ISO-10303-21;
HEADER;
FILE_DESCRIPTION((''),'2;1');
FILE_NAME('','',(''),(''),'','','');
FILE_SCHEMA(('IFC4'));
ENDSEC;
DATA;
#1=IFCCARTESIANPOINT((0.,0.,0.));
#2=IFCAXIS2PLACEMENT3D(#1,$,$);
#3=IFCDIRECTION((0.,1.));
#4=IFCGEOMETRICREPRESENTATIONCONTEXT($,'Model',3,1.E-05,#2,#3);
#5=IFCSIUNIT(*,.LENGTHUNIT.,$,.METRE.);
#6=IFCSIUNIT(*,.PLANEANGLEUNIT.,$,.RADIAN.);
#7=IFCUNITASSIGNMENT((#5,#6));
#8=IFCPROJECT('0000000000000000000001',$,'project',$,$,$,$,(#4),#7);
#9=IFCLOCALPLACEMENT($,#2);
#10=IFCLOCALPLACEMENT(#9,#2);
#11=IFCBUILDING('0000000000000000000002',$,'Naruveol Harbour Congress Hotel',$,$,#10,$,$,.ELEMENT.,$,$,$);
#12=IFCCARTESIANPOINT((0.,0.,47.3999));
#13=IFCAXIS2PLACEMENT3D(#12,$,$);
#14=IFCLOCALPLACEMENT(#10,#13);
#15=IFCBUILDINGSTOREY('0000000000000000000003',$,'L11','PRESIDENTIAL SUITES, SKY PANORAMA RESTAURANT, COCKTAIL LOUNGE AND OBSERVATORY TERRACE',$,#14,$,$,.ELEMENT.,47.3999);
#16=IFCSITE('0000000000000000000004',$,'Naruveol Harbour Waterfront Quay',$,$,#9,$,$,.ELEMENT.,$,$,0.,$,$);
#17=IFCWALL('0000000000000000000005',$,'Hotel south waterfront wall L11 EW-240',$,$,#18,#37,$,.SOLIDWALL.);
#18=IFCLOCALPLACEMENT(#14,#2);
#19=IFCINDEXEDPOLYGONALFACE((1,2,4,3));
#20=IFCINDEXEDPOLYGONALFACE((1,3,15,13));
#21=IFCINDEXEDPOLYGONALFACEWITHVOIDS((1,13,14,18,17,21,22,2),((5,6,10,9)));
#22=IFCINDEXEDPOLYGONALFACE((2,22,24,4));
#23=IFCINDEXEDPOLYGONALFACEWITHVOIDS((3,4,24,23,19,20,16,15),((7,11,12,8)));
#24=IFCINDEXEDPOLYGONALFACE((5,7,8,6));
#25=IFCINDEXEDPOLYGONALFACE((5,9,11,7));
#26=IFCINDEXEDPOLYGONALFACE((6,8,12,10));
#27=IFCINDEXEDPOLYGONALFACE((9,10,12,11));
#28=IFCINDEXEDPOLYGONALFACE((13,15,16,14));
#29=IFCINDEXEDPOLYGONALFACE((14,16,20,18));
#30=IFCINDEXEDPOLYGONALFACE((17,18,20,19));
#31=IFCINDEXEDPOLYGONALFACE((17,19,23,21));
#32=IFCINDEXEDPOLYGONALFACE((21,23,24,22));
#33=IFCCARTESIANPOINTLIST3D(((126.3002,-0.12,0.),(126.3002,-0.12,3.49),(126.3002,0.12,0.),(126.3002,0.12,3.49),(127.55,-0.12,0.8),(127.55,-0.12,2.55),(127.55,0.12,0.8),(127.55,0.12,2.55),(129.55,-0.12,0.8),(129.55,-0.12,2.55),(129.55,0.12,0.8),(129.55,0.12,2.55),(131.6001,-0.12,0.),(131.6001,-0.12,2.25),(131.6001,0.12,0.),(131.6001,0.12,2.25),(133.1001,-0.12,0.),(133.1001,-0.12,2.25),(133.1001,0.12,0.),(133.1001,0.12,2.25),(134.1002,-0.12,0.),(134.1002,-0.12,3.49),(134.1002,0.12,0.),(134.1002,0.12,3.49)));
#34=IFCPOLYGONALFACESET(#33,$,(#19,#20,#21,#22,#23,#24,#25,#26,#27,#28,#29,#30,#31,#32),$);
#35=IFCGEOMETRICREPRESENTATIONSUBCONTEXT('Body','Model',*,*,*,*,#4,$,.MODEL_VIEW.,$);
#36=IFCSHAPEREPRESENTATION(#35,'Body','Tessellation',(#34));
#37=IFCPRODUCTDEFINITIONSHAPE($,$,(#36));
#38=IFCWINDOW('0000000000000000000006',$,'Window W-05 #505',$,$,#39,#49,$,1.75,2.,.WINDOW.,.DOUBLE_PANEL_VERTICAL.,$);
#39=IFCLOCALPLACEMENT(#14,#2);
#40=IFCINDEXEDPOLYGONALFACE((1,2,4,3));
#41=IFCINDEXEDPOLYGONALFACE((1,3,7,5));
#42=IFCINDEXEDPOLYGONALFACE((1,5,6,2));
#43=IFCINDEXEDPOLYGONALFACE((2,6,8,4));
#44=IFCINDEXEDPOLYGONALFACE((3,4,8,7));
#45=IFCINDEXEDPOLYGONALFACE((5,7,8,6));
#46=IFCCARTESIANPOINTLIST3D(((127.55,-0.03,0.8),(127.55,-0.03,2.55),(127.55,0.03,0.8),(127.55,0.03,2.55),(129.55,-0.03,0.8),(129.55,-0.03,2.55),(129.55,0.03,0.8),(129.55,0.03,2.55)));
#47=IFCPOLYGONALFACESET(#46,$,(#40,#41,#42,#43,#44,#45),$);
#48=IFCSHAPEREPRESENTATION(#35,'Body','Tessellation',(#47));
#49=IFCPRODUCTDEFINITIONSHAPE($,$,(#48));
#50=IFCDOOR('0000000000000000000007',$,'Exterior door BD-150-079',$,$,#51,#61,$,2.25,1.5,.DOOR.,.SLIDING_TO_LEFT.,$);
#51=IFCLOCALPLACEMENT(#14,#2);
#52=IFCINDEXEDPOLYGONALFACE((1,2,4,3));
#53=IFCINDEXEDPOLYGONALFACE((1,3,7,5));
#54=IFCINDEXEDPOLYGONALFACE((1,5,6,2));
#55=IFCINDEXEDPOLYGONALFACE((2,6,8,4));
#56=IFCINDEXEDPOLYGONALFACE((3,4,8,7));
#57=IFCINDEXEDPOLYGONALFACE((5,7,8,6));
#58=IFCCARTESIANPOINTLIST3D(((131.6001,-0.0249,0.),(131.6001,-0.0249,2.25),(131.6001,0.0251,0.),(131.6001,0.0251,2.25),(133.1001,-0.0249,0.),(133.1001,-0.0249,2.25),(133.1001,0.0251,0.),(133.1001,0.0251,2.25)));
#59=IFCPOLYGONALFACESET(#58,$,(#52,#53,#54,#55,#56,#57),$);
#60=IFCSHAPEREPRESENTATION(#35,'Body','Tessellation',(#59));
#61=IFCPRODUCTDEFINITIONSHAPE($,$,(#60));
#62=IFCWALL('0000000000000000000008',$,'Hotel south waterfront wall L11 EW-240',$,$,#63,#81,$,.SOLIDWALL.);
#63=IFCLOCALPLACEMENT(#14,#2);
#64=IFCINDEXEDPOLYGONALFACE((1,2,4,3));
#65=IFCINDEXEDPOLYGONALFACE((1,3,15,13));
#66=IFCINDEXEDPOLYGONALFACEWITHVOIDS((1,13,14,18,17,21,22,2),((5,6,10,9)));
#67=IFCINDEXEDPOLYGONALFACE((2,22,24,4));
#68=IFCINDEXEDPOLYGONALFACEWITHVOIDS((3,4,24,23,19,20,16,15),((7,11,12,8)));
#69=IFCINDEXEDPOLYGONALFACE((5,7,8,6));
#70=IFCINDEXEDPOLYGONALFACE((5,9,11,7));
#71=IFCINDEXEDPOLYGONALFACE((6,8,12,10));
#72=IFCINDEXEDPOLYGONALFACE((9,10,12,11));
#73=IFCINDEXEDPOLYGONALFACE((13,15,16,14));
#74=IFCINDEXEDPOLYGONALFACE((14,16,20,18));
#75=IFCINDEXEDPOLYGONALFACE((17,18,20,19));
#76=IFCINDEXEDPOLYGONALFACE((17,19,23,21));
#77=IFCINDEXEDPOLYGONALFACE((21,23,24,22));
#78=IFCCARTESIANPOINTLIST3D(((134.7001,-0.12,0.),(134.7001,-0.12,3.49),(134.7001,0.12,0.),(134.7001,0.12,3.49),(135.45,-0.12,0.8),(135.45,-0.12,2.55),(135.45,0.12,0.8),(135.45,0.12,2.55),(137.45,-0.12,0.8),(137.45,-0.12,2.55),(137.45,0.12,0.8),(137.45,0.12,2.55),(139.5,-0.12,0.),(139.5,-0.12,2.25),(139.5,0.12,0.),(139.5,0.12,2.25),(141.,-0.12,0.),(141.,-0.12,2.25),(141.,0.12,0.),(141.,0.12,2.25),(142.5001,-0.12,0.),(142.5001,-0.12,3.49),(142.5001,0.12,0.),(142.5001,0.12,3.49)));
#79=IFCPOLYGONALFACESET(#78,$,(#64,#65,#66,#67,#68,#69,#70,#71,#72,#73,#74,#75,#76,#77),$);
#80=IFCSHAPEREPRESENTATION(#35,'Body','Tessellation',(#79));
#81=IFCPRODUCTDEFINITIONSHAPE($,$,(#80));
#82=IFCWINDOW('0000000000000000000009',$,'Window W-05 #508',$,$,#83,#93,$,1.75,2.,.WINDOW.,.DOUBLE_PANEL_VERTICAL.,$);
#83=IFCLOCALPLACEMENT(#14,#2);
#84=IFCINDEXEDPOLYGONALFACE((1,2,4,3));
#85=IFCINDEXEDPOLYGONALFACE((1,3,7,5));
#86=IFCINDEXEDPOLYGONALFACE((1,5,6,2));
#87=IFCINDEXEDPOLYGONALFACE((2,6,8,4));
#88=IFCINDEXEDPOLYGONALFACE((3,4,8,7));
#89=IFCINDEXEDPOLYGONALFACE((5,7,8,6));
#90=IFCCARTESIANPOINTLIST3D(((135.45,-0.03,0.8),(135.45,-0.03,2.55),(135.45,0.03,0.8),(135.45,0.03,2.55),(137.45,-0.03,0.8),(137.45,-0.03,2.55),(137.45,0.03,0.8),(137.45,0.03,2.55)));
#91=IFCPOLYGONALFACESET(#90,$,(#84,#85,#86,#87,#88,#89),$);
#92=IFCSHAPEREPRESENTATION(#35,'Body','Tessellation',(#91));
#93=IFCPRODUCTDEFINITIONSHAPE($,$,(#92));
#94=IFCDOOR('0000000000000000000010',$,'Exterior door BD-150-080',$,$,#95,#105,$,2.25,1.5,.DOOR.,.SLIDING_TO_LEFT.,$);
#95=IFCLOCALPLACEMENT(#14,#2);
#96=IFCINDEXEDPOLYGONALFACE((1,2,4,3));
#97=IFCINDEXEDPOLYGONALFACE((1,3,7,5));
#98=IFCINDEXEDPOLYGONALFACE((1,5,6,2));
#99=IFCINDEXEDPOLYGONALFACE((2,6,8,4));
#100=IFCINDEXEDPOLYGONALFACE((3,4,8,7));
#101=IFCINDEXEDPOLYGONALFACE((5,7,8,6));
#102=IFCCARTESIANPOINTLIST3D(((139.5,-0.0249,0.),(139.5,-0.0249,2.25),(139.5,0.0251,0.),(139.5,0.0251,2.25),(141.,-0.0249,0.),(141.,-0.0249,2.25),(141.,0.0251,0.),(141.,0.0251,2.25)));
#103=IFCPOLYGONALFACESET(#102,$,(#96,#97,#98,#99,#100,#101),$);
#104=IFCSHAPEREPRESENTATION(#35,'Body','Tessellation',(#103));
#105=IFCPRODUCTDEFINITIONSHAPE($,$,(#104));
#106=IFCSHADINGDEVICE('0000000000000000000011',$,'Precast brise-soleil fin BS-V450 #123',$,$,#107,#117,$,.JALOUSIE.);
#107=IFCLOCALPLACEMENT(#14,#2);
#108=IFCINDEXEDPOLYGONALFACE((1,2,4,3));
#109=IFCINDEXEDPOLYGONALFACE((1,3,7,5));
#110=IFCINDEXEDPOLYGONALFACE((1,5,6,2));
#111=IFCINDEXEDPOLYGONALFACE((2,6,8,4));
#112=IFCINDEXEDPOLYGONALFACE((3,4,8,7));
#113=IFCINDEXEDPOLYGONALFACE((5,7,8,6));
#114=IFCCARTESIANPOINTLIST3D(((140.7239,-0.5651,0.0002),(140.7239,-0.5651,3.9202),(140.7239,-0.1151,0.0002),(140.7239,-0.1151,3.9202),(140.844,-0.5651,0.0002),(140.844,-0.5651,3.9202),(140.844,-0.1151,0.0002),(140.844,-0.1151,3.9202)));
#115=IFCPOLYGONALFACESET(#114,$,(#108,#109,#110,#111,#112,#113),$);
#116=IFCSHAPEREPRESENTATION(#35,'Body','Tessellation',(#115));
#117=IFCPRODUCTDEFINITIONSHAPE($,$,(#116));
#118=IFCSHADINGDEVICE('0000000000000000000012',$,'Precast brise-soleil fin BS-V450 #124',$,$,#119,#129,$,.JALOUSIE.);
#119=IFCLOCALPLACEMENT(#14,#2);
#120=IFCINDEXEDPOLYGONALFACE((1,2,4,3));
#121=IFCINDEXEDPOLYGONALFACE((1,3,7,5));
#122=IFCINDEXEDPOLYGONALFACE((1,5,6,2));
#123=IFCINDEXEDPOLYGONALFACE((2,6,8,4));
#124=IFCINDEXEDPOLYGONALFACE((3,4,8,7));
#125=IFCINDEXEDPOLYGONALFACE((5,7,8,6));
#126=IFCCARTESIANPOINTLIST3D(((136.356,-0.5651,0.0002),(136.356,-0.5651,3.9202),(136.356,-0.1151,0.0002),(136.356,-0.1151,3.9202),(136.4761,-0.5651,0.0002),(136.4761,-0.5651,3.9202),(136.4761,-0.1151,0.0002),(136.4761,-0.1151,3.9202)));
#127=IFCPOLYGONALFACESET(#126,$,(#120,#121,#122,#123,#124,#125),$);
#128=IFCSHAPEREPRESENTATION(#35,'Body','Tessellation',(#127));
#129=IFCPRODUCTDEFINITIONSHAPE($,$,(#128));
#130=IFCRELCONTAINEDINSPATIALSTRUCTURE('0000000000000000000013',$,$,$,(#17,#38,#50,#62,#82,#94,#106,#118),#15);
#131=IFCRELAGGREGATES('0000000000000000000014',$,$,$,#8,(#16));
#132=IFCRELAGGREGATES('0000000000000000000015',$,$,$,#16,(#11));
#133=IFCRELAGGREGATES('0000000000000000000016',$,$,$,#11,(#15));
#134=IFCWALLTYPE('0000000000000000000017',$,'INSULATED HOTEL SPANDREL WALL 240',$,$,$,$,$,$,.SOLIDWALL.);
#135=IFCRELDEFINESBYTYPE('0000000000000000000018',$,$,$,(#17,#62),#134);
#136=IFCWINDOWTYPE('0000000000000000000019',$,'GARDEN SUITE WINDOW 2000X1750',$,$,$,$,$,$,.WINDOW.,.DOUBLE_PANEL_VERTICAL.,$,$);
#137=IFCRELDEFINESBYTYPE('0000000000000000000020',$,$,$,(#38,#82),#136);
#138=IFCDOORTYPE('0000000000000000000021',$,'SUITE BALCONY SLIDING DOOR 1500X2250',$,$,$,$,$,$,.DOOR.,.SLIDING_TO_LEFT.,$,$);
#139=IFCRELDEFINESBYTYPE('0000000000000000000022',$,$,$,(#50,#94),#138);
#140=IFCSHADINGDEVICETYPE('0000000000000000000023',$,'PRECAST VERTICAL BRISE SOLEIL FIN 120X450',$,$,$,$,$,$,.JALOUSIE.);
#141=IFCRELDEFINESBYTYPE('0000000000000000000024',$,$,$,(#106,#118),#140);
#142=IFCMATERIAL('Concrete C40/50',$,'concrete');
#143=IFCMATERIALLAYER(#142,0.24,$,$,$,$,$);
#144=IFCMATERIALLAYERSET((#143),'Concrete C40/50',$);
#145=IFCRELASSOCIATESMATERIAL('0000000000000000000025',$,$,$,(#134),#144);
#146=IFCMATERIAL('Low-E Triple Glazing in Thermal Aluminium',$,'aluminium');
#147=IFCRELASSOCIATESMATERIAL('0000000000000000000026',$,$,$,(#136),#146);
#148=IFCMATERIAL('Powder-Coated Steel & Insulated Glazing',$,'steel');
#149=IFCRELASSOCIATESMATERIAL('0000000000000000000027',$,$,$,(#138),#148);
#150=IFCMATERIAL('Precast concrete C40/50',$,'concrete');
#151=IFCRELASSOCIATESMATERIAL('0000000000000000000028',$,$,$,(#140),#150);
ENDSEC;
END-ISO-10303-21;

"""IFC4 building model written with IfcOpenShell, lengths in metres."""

from ifc_helpers import new_model, si_unit, direction, frame, frame_2d, origin, origin_2d, place, context, subcontext, project, spatial, rectangle, extrude, material, layer, layer_set, type_object, element, fill, save


model = new_model("IFC4")

# Units and contexts
model_context = context("Model", 3, precision=1e-05, world=origin(), true_north=direction((0.0, 1.0)))
body_context = subcontext(model_context, "Body", "Model", "MODEL_VIEW")
ifc_project = project(units=[si_unit("LENGTHUNIT", "METRE"), si_unit("PLANEANGLEUNIT", "RADIAN")], contexts=[model_context])

# Site, building, storey
site_placement = place(None, origin())
site = spatial("IfcSite", under=ifc_project, at=site_placement, Name="Naruveol Harbour Waterfront Quay", CompositionType="ELEMENT", RefElevation=0.0)
building_placement = place(site_placement, origin())
building = spatial("IfcBuilding", under=site, at=building_placement, Name="Naruveol Harbour Congress Hotel", CompositionType="ELEMENT")
storey_placement = place(building_placement, frame((0.0, 0.0, 47.3999)))
storey = spatial("IfcBuildingStorey", under=building, at=storey_placement, Name="L11", Description="PRESIDENTIAL SUITES, SKY PANORAMA RESTAURANT, COCKTAIL LOUNGE AND OBSERVATORY TERRACE", CompositionType="ELEMENT", Elevation=47.3999)

# Walls, openings, windows, doors
ifc_material_1 = material(Name="Concrete C40/50", Category="concrete")
ifc_layer_1 = layer(ifc_material_1, 0.24)
ifc_layer_set_1 = layer_set([ifc_layer_1], Name="Concrete C40/50")
wall_type_1 = type_object("IfcWallType", Name="INSULATED HOTEL SPANDREL WALL 240", PredefinedType="SOLIDWALL", material=ifc_layer_set_1)
wall_1_placement = place(storey_placement, frame((134.1001, 0.0, 0.0), z_axis=(0.0, 0.0, 1.0), x_axis=(-1.0, 0.0, 0.0)))
wall_1 = element("IfcWall", 1, at=wall_1_placement, inside=storey, type_object=wall_type_1, Name="Hotel south waterfront wall L11 EW-240", PredefinedType="SOLIDWALL", context=body_context, shape_type="SweptSolid", body=[
    extrude(rectangle(XDim=7.8, YDim=0.24, at=frame_2d((3.8999, 0.0))), origin(), (0.0, 0.0, 1.0), 3.49),
])
opening_1_placement = place(wall_1_placement, frame((1.0, 0.0, 0.0)))
opening_1 = element("IfcOpeningElement", 2, at=opening_1_placement, cuts=wall_1, PredefinedType="OPENING", context=body_context, shape_type="SweptSolid", body=[
    extrude(rectangle(XDim=1.5, YDim=2.25, at=frame_2d((0.75, 1.125))), frame((0.0, 0.1299, 0.0), z_axis=(0.0, -1.0, 0.0), x_axis=(1.0, 0.0, 0.0)), (0.0, 0.0, 1.0), 0.26),
])
opening_2_placement = place(wall_1_placement, frame((4.55, 0.0, 0.8)))
opening_2 = element("IfcOpeningElement", 3, at=opening_2_placement, cuts=wall_1, PredefinedType="OPENING", context=body_context, shape_type="SweptSolid", body=[
    extrude(rectangle(XDim=2.0, YDim=1.75, at=frame_2d((1.0, 0.875))), frame((0.0, 0.1299, 0.0), z_axis=(0.0, -1.0, 0.0), x_axis=(1.0, 0.0, 0.0)), (0.0, 0.0, 1.0), 0.26),
])
ifc_material_2 = material(Name="Low-E Triple Glazing in Thermal Aluminium", Category="aluminium")
window_type = type_object("IfcWindowType", Name="GARDEN SUITE WINDOW 2000X1750", PartitioningType="DOUBLE_PANEL_VERTICAL", PredefinedType="WINDOW", material=ifc_material_2)
window_1_placement = place(opening_2_placement, origin())
window_1 = element("IfcWindow", 4, at=window_1_placement, inside=storey, type_object=window_type, Name="Window W-05 #505", OverallHeight=1.75, OverallWidth=2.0, PartitioningType="DOUBLE_PANEL_VERTICAL", PredefinedType="WINDOW", context=body_context, shape_type="SweptSolid", body=[
    extrude(rectangle(XDim=2.0, YDim=1.75, at=frame_2d((1.0, 0.875))), frame((0.0, 0.03, 0.0), z_axis=(0.0, -1.0, 0.0), x_axis=(1.0, 0.0, 0.0)), (0.0, 0.0, 1.0), 0.0601),
])
fill(opening_2, window_1)
ifc_material_3 = material(Name="Powder-Coated Steel & Insulated Glazing", Category="steel")
door_type_1 = type_object("IfcDoorType", Name="SUITE BALCONY SLIDING DOOR 1500X2250", OperationType="SLIDING_TO_LEFT", PredefinedType="DOOR", material=ifc_material_3)
door_1_placement = place(opening_1_placement, origin())
door_1 = element("IfcDoor", 5, at=door_1_placement, inside=storey, type_object=door_type_1, Name="Exterior door BD-150-079", OperationType="SLIDING_TO_LEFT", OverallHeight=2.25, OverallWidth=1.5, PredefinedType="DOOR", context=body_context, shape_type="SweptSolid", body=[
    extrude(rectangle(XDim=1.5, YDim=2.25, at=frame_2d((0.75, 1.125))), frame((0.0, 0.0249, 0.0), z_axis=(0.0, -1.0, 0.0), x_axis=(1.0, 0.0, 0.0)), (0.0, 0.0, 1.0), 0.05),
])
fill(opening_1, door_1)
wall_2_placement = place(storey_placement, frame((142.5, 0.0, 0.0), z_axis=(0.0, 0.0, 1.0), x_axis=(-1.0, 0.0, 0.0)))
wall_2 = element("IfcWall", 6, at=wall_2_placement, inside=storey, type_object=wall_type_1, Name="Hotel south waterfront wall L11 EW-240", PredefinedType="SOLIDWALL", context=body_context, shape_type="SweptSolid", body=[
    extrude(rectangle(XDim=7.8, YDim=0.24, at=frame_2d((3.8999, 0.0))), origin(), (0.0, 0.0, 1.0), 3.49),
])
opening_3_placement = place(wall_2_placement, frame((1.5, 0.0, 0.0)))
opening_3 = element("IfcOpeningElement", 7, at=opening_3_placement, cuts=wall_2, PredefinedType="OPENING", context=body_context, shape_type="SweptSolid", body=[
    extrude(rectangle(XDim=1.5, YDim=2.25, at=frame_2d((0.75, 1.125))), frame((0.0, 0.1299, 0.0), z_axis=(0.0, -1.0, 0.0), x_axis=(1.0, 0.0, 0.0)), (0.0, 0.0, 1.0), 0.26),
])
opening_4_placement = place(wall_2_placement, frame((5.05, 0.0, 0.8)))
opening_4 = element("IfcOpeningElement", 8, at=opening_4_placement, cuts=wall_2, PredefinedType="OPENING", context=body_context, shape_type="SweptSolid", body=[
    extrude(rectangle(XDim=2.0, YDim=1.75, at=frame_2d((1.0, 0.875))), frame((0.0, 0.1299, 0.0), z_axis=(0.0, -1.0, 0.0), x_axis=(1.0, 0.0, 0.0)), (0.0, 0.0, 1.0), 0.26),
])
window_2_placement = place(opening_4_placement, origin())
window_2 = element("IfcWindow", 9, at=window_2_placement, inside=storey, type_object=window_type, Name="Window W-05 #508", OverallHeight=1.75, OverallWidth=2.0, PartitioningType="DOUBLE_PANEL_VERTICAL", PredefinedType="WINDOW", context=body_context, shape_type="SweptSolid", body=[
    extrude(rectangle(XDim=2.0, YDim=1.75, at=frame_2d((1.0, 0.875))), frame((0.0, 0.03, 0.0), z_axis=(0.0, -1.0, 0.0), x_axis=(1.0, 0.0, 0.0)), (0.0, 0.0, 1.0), 0.0601),
])
fill(opening_4, window_2)
door_2_placement = place(opening_3_placement, origin())
door_2 = element("IfcDoor", 10, at=door_2_placement, inside=storey, type_object=door_type_1, Name="Exterior door BD-150-080", OperationType="SLIDING_TO_LEFT", OverallHeight=2.25, OverallWidth=1.5, PredefinedType="DOOR", context=body_context, shape_type="SweptSolid", body=[
    extrude(rectangle(XDim=1.5, YDim=2.25, at=frame_2d((0.75, 1.125))), frame((0.0, 0.0249, 0.0), z_axis=(0.0, -1.0, 0.0), x_axis=(1.0, 0.0, 0.0)), (0.0, 0.0, 1.0), 0.05),
])
fill(opening_3, door_2)

# Shading devices
ifc_material_4 = material(Name="Precast concrete C40/50", Category="concrete")
shading_device_type = type_object("IfcShadingDeviceType", Name="PRECAST VERTICAL BRISE SOLEIL FIN 120X450", PredefinedType="JALOUSIE", material=ifc_material_4)
for number, where, z_axis, x_axis, name in (
    (11, (140.7839, -0.3401, 0.0002), (0.0, 0.0, 1.0), (-1.0, 0.0, 0.0), "Precast brise-soleil fin BS-V450 #123"),
    (12, (136.416, -0.3401, 0.0002), (0.0, 0.0, 1.0), (-1.0, 0.0, 0.0), "Precast brise-soleil fin BS-V450 #124"),
):
    element("IfcShadingDevice", number, at=place(storey_placement, frame(where, z_axis=z_axis, x_axis=x_axis)), inside=storey, type_object=shading_device_type, Name=name, PredefinedType="JALOUSIE", context=body_context, shape_type="SweptSolid", body=[
        extrude(rectangle(XDim=0.1201, YDim=0.45, at=origin_2d()), origin(), (0.0, 0.0, 1.0), 3.9199),
    ])

save(model, "model.ifc")
